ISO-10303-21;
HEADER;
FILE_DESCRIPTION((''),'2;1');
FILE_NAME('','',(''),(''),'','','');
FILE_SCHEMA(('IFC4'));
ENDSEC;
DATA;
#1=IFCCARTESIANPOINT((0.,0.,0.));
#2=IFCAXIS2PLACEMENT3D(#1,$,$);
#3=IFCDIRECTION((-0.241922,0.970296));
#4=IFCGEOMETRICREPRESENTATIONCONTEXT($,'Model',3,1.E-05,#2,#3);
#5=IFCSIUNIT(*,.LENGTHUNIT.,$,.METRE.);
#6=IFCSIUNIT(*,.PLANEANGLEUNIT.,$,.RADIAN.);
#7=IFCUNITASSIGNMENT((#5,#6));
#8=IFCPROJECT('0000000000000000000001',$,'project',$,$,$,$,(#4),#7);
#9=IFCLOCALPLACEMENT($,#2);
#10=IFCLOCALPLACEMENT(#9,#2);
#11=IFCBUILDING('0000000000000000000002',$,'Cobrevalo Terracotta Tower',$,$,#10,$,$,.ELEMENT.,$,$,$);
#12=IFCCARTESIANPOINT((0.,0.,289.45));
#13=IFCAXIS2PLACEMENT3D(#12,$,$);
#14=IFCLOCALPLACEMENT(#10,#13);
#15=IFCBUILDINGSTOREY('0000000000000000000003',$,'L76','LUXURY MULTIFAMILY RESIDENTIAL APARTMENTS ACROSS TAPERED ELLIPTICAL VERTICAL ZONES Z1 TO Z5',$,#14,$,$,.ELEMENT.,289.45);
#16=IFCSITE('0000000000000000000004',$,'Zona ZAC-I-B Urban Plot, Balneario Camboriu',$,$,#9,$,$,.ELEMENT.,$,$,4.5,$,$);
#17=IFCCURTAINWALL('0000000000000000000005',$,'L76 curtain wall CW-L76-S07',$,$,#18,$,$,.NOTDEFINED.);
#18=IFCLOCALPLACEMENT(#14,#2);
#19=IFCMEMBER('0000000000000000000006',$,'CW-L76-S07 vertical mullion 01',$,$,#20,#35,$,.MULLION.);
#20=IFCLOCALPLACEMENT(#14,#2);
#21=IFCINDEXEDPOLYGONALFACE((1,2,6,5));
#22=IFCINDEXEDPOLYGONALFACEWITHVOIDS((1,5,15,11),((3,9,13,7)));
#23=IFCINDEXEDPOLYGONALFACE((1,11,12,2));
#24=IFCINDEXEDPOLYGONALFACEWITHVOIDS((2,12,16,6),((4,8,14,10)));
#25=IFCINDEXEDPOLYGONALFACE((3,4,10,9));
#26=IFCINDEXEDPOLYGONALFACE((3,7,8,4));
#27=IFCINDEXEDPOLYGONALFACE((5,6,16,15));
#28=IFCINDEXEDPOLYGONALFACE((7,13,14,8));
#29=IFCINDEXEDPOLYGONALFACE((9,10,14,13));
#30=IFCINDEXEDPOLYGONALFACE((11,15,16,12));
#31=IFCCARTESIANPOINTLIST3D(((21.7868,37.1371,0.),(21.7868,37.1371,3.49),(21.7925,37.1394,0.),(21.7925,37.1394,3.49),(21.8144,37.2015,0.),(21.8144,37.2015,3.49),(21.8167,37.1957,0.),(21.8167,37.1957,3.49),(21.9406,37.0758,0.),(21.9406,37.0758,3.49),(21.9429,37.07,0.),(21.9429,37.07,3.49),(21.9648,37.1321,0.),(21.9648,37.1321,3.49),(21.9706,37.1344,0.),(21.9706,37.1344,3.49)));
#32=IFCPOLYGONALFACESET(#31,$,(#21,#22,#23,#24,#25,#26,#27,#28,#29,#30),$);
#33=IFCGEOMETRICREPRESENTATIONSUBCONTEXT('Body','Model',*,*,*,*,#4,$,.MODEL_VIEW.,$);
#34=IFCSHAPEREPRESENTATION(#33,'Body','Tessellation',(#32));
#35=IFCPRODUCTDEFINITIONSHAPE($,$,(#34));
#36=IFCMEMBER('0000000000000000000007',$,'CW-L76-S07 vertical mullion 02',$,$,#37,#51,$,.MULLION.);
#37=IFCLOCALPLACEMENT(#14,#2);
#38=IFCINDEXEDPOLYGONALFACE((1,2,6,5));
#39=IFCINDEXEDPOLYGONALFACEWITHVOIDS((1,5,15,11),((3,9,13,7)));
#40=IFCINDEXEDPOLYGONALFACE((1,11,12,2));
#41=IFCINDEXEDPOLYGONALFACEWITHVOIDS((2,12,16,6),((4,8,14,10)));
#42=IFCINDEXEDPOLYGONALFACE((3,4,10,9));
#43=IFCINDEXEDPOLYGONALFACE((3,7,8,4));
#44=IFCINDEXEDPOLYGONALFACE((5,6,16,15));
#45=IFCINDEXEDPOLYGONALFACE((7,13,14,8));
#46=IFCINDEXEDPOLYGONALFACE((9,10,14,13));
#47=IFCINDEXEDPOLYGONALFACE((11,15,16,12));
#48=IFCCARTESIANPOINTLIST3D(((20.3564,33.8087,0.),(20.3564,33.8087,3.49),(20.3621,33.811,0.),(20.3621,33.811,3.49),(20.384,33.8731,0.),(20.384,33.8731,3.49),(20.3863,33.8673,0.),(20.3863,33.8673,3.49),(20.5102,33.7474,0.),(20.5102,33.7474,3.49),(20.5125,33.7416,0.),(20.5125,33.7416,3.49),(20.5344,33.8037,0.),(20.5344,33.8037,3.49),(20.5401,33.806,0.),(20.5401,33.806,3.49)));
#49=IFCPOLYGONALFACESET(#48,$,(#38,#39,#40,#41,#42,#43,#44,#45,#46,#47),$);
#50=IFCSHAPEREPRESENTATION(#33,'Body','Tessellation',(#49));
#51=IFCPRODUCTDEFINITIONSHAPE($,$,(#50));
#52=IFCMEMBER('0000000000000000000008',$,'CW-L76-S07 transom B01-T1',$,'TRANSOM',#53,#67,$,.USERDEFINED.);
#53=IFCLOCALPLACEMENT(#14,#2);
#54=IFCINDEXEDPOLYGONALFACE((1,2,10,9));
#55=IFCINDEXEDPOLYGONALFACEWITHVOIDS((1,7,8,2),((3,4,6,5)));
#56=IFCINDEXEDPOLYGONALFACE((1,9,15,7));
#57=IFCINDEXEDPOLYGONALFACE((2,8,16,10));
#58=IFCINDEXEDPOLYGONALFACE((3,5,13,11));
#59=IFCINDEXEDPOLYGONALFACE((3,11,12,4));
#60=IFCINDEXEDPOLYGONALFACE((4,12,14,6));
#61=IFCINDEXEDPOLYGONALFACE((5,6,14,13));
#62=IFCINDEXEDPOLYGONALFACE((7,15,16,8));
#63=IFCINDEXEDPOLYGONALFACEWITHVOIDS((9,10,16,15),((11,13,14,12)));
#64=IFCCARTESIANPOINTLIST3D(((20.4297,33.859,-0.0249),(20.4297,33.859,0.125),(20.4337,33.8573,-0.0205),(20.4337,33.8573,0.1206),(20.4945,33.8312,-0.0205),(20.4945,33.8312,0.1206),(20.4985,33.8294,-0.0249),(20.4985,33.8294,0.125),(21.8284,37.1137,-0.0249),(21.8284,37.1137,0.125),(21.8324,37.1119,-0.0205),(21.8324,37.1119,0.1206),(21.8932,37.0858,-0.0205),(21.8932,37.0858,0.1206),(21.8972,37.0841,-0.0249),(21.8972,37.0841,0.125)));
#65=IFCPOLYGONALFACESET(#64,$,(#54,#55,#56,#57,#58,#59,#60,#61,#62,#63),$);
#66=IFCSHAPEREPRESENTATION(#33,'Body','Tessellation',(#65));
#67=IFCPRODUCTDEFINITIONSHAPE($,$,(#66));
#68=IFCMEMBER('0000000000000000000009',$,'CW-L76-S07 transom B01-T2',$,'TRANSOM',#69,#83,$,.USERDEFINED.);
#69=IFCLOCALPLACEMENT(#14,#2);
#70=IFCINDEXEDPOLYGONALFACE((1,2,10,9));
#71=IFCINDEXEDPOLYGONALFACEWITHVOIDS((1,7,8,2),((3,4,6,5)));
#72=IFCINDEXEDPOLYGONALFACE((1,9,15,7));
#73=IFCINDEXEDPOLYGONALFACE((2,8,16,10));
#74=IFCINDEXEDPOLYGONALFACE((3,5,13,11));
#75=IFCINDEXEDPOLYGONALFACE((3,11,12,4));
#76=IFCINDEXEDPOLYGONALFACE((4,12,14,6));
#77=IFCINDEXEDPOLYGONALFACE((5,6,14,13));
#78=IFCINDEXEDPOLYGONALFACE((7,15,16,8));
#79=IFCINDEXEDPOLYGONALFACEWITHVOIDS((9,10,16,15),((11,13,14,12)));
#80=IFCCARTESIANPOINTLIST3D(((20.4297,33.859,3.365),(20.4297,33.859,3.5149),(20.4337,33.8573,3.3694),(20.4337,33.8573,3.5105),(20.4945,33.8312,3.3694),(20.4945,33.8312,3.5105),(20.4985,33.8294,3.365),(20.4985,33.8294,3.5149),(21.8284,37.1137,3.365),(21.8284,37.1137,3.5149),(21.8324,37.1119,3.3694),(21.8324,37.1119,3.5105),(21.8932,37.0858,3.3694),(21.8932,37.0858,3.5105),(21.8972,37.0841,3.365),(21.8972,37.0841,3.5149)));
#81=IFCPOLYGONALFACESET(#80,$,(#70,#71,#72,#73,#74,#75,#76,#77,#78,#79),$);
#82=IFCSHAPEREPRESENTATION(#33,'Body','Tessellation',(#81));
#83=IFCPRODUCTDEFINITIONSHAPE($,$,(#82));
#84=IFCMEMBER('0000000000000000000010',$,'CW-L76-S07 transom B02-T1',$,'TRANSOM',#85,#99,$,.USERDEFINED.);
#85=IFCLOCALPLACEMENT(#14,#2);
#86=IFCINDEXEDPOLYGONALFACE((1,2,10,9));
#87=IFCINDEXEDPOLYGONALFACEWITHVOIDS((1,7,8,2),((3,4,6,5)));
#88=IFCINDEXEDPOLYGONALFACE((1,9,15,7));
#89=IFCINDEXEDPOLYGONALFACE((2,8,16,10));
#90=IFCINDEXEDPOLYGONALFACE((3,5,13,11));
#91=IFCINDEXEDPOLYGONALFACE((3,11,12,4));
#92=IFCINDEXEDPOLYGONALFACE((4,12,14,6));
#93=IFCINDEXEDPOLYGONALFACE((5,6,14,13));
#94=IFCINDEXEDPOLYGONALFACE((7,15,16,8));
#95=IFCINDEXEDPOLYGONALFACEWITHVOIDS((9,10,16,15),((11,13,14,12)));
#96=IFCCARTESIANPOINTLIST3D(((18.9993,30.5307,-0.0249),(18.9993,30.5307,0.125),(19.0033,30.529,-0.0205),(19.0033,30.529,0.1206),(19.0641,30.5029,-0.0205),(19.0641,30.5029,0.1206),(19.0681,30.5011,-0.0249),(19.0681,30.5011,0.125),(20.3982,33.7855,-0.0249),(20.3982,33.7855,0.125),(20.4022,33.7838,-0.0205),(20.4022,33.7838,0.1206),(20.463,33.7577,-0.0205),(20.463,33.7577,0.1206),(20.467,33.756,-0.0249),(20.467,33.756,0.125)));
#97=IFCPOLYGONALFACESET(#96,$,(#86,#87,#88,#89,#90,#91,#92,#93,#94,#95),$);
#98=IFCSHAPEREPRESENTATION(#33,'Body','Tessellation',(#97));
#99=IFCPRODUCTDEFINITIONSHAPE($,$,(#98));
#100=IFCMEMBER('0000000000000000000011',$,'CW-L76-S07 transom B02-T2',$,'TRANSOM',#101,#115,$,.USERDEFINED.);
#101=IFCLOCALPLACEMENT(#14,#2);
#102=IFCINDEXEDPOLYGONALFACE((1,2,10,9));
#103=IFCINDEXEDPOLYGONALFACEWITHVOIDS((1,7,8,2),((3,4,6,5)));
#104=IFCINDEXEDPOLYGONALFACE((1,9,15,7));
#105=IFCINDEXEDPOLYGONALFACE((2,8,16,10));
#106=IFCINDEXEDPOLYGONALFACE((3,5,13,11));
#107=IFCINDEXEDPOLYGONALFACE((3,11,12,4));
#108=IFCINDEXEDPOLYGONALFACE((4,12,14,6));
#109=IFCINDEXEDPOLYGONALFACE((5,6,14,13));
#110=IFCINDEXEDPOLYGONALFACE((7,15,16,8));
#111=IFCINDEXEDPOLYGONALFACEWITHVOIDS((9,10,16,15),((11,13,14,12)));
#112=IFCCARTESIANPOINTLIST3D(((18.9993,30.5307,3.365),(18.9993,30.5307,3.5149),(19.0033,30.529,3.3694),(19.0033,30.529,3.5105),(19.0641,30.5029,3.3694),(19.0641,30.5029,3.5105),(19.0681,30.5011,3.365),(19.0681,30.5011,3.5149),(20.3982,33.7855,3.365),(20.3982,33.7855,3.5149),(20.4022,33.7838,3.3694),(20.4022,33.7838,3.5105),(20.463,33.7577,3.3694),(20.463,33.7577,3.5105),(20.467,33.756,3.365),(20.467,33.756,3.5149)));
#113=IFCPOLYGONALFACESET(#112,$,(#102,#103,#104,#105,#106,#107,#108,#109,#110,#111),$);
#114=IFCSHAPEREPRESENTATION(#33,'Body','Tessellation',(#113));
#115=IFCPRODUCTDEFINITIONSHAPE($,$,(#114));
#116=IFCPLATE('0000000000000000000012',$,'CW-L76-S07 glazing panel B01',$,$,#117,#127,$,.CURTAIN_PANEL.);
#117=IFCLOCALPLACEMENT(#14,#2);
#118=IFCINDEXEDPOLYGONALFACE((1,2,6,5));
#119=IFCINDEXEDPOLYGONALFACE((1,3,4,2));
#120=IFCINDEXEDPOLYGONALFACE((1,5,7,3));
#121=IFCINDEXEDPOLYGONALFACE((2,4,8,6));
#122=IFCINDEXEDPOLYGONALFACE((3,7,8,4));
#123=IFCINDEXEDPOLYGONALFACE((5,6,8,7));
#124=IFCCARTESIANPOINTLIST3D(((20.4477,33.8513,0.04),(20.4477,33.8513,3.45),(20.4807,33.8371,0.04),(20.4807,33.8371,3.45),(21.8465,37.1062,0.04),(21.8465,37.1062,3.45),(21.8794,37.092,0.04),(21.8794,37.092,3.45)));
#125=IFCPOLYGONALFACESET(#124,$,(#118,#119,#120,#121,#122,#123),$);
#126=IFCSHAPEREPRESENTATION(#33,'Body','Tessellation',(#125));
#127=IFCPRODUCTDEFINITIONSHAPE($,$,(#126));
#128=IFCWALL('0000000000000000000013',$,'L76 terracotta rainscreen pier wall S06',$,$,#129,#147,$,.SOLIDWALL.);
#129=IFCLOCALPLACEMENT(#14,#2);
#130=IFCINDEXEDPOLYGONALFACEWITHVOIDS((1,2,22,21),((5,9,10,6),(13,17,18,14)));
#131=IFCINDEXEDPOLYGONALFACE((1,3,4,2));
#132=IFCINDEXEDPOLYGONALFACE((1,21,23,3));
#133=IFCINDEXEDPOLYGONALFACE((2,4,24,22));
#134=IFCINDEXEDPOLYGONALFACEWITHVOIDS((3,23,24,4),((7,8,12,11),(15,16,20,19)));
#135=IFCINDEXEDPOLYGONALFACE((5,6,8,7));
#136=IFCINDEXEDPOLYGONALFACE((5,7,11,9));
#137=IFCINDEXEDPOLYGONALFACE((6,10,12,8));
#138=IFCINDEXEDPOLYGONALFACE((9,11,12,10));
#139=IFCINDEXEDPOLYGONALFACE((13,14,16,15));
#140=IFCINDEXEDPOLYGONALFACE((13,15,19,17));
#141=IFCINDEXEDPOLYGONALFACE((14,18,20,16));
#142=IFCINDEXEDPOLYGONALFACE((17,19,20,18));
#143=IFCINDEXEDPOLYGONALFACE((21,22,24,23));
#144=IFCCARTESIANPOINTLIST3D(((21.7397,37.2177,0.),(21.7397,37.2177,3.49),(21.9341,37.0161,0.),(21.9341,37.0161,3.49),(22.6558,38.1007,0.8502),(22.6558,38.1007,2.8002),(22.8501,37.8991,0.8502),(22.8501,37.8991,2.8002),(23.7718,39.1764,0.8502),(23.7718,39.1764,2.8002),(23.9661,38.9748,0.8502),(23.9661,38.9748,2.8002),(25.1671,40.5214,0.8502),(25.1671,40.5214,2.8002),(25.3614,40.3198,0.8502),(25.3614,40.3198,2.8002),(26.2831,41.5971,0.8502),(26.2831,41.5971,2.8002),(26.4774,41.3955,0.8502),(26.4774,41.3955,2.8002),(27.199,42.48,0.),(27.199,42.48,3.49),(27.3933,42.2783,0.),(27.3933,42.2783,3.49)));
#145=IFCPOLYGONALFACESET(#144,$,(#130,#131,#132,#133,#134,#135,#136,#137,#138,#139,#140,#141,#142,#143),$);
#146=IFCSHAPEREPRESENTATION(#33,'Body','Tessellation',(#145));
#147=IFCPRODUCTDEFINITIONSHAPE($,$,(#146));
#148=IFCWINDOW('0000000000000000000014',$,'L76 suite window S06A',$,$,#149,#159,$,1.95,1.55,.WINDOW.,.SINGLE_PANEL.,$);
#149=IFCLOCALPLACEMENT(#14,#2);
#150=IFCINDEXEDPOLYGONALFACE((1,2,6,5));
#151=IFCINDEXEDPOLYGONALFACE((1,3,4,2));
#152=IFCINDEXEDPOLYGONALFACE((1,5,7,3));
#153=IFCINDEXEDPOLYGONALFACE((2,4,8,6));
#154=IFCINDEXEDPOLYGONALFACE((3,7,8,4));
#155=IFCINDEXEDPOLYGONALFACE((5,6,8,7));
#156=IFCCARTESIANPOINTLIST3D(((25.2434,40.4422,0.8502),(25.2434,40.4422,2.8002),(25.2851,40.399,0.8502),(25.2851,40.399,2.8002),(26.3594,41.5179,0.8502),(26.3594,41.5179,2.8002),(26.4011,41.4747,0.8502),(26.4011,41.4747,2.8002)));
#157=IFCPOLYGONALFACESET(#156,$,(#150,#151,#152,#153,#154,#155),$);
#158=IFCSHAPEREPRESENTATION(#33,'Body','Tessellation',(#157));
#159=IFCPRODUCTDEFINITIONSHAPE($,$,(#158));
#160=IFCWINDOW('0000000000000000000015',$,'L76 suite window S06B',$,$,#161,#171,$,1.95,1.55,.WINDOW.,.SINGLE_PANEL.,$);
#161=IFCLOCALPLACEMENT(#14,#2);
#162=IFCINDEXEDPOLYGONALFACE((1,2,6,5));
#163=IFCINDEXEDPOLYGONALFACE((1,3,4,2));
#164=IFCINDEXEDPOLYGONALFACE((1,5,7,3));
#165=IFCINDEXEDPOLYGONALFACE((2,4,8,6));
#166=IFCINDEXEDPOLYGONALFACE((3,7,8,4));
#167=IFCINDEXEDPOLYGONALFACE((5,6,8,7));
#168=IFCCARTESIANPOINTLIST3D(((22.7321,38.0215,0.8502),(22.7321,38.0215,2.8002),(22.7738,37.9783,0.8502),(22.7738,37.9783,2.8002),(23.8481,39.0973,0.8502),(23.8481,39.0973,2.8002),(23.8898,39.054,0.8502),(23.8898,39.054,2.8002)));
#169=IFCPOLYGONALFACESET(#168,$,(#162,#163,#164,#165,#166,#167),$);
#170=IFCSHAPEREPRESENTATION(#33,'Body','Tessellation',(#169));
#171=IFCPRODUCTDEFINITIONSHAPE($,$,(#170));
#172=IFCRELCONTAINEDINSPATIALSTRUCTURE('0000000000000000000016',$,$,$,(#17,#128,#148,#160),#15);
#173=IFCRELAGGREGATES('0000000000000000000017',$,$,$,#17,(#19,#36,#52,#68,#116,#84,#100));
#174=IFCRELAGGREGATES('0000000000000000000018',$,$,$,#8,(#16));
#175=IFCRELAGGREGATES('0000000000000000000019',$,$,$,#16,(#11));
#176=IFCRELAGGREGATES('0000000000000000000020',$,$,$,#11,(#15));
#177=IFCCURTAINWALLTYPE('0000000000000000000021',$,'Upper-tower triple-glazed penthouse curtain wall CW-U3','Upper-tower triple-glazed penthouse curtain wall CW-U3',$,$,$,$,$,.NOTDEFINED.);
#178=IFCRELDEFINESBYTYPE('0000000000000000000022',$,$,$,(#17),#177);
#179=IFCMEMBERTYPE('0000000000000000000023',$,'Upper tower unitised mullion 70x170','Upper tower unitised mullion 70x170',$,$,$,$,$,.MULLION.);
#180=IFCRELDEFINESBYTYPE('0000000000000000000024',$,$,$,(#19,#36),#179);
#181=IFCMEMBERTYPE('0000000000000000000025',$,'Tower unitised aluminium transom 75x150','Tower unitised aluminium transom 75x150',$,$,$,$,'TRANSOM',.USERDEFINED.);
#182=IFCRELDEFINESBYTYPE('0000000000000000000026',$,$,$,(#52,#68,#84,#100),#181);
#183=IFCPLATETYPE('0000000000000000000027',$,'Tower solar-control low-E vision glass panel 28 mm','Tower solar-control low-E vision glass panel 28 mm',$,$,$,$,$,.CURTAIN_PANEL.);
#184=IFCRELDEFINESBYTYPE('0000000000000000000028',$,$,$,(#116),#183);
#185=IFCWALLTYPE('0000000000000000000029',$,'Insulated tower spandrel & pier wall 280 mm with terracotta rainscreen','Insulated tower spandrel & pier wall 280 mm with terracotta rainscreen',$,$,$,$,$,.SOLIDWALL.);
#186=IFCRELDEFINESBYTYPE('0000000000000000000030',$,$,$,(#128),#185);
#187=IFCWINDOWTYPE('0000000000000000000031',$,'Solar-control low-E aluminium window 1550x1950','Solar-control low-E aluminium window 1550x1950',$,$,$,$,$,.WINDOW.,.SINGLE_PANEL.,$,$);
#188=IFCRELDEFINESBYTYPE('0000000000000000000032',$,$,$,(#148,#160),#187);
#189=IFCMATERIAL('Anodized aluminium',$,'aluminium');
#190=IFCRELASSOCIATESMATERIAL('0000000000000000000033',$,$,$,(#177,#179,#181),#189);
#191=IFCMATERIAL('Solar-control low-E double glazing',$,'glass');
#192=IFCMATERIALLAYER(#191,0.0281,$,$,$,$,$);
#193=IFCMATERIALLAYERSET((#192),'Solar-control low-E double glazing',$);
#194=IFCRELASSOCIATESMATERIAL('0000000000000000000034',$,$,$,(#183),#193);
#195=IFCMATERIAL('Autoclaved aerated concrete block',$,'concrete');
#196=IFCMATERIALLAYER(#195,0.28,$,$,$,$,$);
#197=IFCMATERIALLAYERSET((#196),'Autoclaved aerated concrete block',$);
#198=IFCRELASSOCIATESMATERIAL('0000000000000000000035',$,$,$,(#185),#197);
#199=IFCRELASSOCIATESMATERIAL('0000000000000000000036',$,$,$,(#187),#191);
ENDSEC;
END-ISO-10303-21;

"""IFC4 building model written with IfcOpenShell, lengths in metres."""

from ifc_helpers import new_model, si_unit, direction, frame, frame_2d, origin, origin_2d, place, context, subcontext, project, spatial, rectangle, hollow_rectangle, extrude, source, transform, mapped, material, layer, layer_set, material_profile, profile_set, type_object, element, fill, aggregate, save


model = new_model("IFC4")

# Units and contexts
model_context = context("Model", 3, precision=1e-05, world=origin(), true_north=direction((-0.241922, 0.970296)))
body_context = subcontext(model_context, "Body", "Model", "MODEL_VIEW")
ifc_project = project(units=[si_unit("LENGTHUNIT", "METRE"), si_unit("PLANEANGLEUNIT", "RADIAN")], contexts=[model_context])

# Site, building, storey
site_placement = place(None, origin())
site = spatial("IfcSite", under=ifc_project, at=site_placement, Name="Zona ZAC-I-B Urban Plot, Balneario Camboriu", CompositionType="ELEMENT", RefElevation=4.5)
building_placement = place(site_placement, origin())
building = spatial("IfcBuilding", under=site, at=building_placement, Name="Cobrevalo Terracotta Tower", CompositionType="ELEMENT")
storey_placement = place(building_placement, frame((0.0, 0.0, 289.45)))
storey = spatial("IfcBuildingStorey", under=building, at=storey_placement, Name="L76", Description="LUXURY MULTIFAMILY RESIDENTIAL APARTMENTS ACROSS TAPERED ELLIPTICAL VERTICAL ZONES Z1 TO Z5", CompositionType="ELEMENT", Elevation=289.45)

# Shared definitions
ifc_material_1 = material(Name="Anodized aluminium", Category="aluminium")
curtain_wall_type = type_object("IfcCurtainWallType", Name="Upper-tower triple-glazed penthouse curtain wall CW-U3", Description="Upper-tower triple-glazed penthouse curtain wall CW-U3", PredefinedType="NOTDEFINED", material=ifc_material_1)
ifc_material_profile_1 = material_profile(ifc_material_1, hollow_rectangle(XDim=0.0701, YDim=0.1699, WallThickness=0.0044, at=origin_2d()), Name="CWM 70x170")
ifc_profile_set_1 = profile_set([ifc_material_profile_1], Name="Anodized aluminium")
member_type_1 = type_object("IfcMemberType", Name="Upper tower unitised mullion 70x170", Description="Upper tower unitised mullion 70x170", PredefinedType="MULLION", material=ifc_profile_set_1)
shared_shape_1 = source(origin(), body_context, "Body", "SweptSolid", [
    extrude(hollow_rectangle(XDim=0.0701, YDim=0.1699, WallThickness=0.0044, at=origin_2d()), origin(), (0.0, 0.0, 1.0), 3.49),
])

# Curtain wall, members, plate
curtain_wall_1_placement = place(storey_placement, origin())
curtain_wall_1 = element("IfcCurtainWall", 1, at=curtain_wall_1_placement, inside=storey, type_object=curtain_wall_type, Name="L76 curtain wall CW-L76-S07", PredefinedType="NOTDEFINED")
member_1_placement = place(storey_placement, frame((21.8787, 37.1357, 0.0), z_axis=(0.0, 0.0, 1.0), x_axis=(-0.394824, -0.918757, 0.0)))
member_1 = element("IfcMember", 2, at=member_1_placement, type_object=member_type_1, Name="CW-L76-S07 vertical mullion 01", PredefinedType="MULLION", context=body_context, shape_type="MappedRepresentation", body=[
    mapped(shared_shape_1, transform((0.0, 0.0, 0.0), scale=1.0)),
])
member_2_placement = place(storey_placement, frame((20.4482, 33.8074, 0.0), z_axis=(0.0, 0.0, 1.0), x_axis=(-0.394824, -0.918757, 0.0)))
member_2 = element("IfcMember", 3, at=member_2_placement, type_object=member_type_1, Name="CW-L76-S07 vertical mullion 02", PredefinedType="MULLION", context=body_context, shape_type="MappedRepresentation", body=[
    mapped(shared_shape_1, transform((0.0, 0.0, 0.0), scale=1.0)),
])
ifc_material_profile_2 = material_profile(ifc_material_1, hollow_rectangle(XDim=0.075, YDim=0.1499, WallThickness=0.0044, at=origin_2d()), Name="CWT 75x150")
ifc_profile_set_2 = profile_set([ifc_material_profile_2], Name="Anodized aluminium")
member_type_2 = type_object("IfcMemberType", Name="Tower unitised aluminium transom 75x150", Description="Tower unitised aluminium transom 75x150", ElementType="TRANSOM", PredefinedType="USERDEFINED", material=ifc_profile_set_2)
shared_shape_2 = source(origin(), body_context, "Body", "SweptSolid", [
    extrude(hollow_rectangle(XDim=0.075, YDim=0.1499, WallThickness=0.0044, at=origin_2d()), origin(), (0.0, 0.0, 1.0), 3.5425),
])
member_3_placement = place(storey_placement, frame((21.8628, 37.0989, 0.05), z_axis=(-0.394834, -0.918752, 0.0), x_axis=(0.918752, -0.394834, 0.0)))
member_3 = element("IfcMember", 4, at=member_3_placement, type_object=member_type_2, Name="CW-L76-S07 transom B01-T1", ObjectType="TRANSOM", PredefinedType="USERDEFINED", context=body_context, shape_type="MappedRepresentation", body=[
    mapped(shared_shape_2, transform((0.0, 0.0, 0.0), scale=1.0)),
])
member_4_placement = place(storey_placement, frame((21.8628, 37.0989, 3.4399), z_axis=(-0.394834, -0.918752, 0.0), x_axis=(0.918752, -0.394834, 0.0)))
member_4 = element("IfcMember", 5, at=member_4_placement, type_object=member_type_2, Name="CW-L76-S07 transom B01-T2", ObjectType="TRANSOM", PredefinedType="USERDEFINED", context=body_context, shape_type="MappedRepresentation", body=[
    mapped(shared_shape_2, transform((0.0, 0.0, 0.0), scale=1.0)),
])
shared_shape_3 = source(origin(), body_context, "Body", "SweptSolid", [
    extrude(hollow_rectangle(XDim=0.075, YDim=0.1499, WallThickness=0.0044, at=origin_2d()), origin(), (0.0, 0.0, 1.0), 3.5427),
])
member_5_placement = place(storey_placement, frame((20.4326, 33.7708, 0.05), z_axis=(-0.394867, -0.918738, 0.0), x_axis=(0.918738, -0.394867, 0.0)))
member_5 = element("IfcMember", 6, at=member_5_placement, type_object=member_type_2, Name="CW-L76-S07 transom B02-T1", ObjectType="TRANSOM", PredefinedType="USERDEFINED", context=body_context, shape_type="MappedRepresentation", body=[
    mapped(shared_shape_3, transform((0.0, 0.0, 0.0), scale=1.0)),
])
member_6_placement = place(storey_placement, frame((20.4326, 33.7708, 3.4399), z_axis=(-0.394867, -0.918738, 0.0), x_axis=(0.918738, -0.394867, 0.0)))
member_6 = element("IfcMember", 7, at=member_6_placement, type_object=member_type_2, Name="CW-L76-S07 transom B02-T2", ObjectType="TRANSOM", PredefinedType="USERDEFINED", context=body_context, shape_type="MappedRepresentation", body=[
    mapped(shared_shape_3, transform((0.0, 0.0, 0.0), scale=1.0)),
])
ifc_material_2 = material(Name="Solar-control low-E double glazing", Category="glass")
ifc_layer_1 = layer(ifc_material_2, 0.0281)
ifc_layer_set_1 = layer_set([ifc_layer_1], Name="Solar-control low-E double glazing")
plate_type = type_object("IfcPlateType", Name="Tower solar-control low-E vision glass panel 28 mm", Description="Tower solar-control low-E vision glass panel 28 mm", PredefinedType="CURTAIN_PANEL", material=ifc_layer_set_1)
shared_shape_4 = source(origin(), body_context, "Body", "SweptSolid", [
    extrude(rectangle(XDim=3.5427, YDim=0.0359, at=origin_2d()), origin(), (0.0, 0.0, 1.0), 3.4099),
])
plate_placement = place(storey_placement, frame((21.1636, 35.4717, 0.04), z_axis=(0.0, 0.0, 1.0), x_axis=(-0.394829, -0.918755, 0.0)))
plate = element("IfcPlate", 8, at=plate_placement, type_object=plate_type, Name="CW-L76-S07 glazing panel B01", PredefinedType="CURTAIN_PANEL", context=body_context, shape_type="MappedRepresentation", body=[
    mapped(shared_shape_4, transform((0.0, 0.0, 0.0), scale=1.0)),
])
aggregate(curtain_wall_1, [member_1, member_2, member_3, member_4, plate, member_5, member_6])

# Wall, openings, windows
ifc_material_3 = material(Name="Autoclaved aerated concrete block", Category="concrete")
ifc_layer_2 = layer(ifc_material_3, 0.28)
ifc_layer_set_2 = layer_set([ifc_layer_2], Name="Autoclaved aerated concrete block")
wall_type_1 = type_object("IfcWallType", Name="Insulated tower spandrel & pier wall 280 mm with terracotta rainscreen", Description="Insulated tower spandrel & pier wall 280 mm with terracotta rainscreen", PredefinedType="SOLIDWALL", material=ifc_layer_set_2)
wall_1_placement = place(storey_placement, frame((27.2961, 42.3792, 0.0), z_axis=(0.0, 0.0, 1.0), x_axis=(-0.719979, -0.693996, 0.0)))
wall_1 = element("IfcWall", 9, at=wall_1_placement, inside=storey, type_object=wall_type_1, Name="L76 terracotta rainscreen pier wall S06", PredefinedType="SOLIDWALL", context=body_context, shape_type="SweptSolid", body=[
    extrude(rectangle(XDim=7.5825, YDim=0.28, at=frame_2d((3.7913, 0.0))), origin(), (0.0, 0.0, 1.0), 3.49),
])
opening_1_placement = place(wall_1_placement, frame((1.2722, 0.0, 0.8501)))
opening_1 = element("IfcOpeningElement", 10, at=opening_1_placement, cuts=wall_1, PredefinedType="OPENING", context=body_context, shape_type="SweptSolid", body=[
    extrude(rectangle(XDim=1.55, YDim=1.95, at=frame_2d((0.7749, 0.9751))), frame((0.0, 0.1499, 0.0), z_axis=(0.0, -1.0, 0.0), x_axis=(1.0, 0.0, 0.0)), (0.0, 0.0, 1.0), 0.3),
])
opening_2_placement = place(wall_1_placement, frame((4.7603, 0.0, 0.8501)))
opening_2 = element("IfcOpeningElement", 11, at=opening_2_placement, cuts=wall_1, PredefinedType="OPENING", context=body_context, shape_type="SweptSolid", body=[
    extrude(rectangle(XDim=1.55, YDim=1.95, at=frame_2d((0.7749, 0.9751))), frame((0.0, 0.1499, 0.0), z_axis=(0.0, -1.0, 0.0), x_axis=(1.0, 0.0, 0.0)), (0.0, 0.0, 1.0), 0.3),
])
window_type = type_object("IfcWindowType", Name="Solar-control low-E aluminium window 1550x1950", Description="Solar-control low-E aluminium window 1550x1950", PartitioningType="SINGLE_PANEL", PredefinedType="WINDOW", material=ifc_material_2)
shared_shape_5 = source(origin(), body_context, "Body", "SweptSolid", [
    extrude(rectangle(XDim=1.55, YDim=1.95, at=frame_2d((0.7749, 0.9751))), frame((0.0, 0.03, 0.0), z_axis=(0.0, -1.0, 0.0), x_axis=(1.0, 0.0, 0.0)), (0.0, 0.0, 1.0), 0.0601),
])
window_1_placement = place(opening_1_placement, origin())
window_1 = element("IfcWindow", 12, at=window_1_placement, inside=storey, type_object=window_type, Name="L76 suite window S06A", OverallHeight=1.95, OverallWidth=1.55, PartitioningType="SINGLE_PANEL", PredefinedType="WINDOW", context=body_context, shape_type="MappedRepresentation", body=[
    mapped(shared_shape_5, transform((0.0, 0.0, 0.0), scale=1.0)),
])
fill(opening_1, window_1)
window_2_placement = place(opening_2_placement, origin())
window_2 = element("IfcWindow", 13, at=window_2_placement, inside=storey, type_object=window_type, Name="L76 suite window S06B", OverallHeight=1.95, OverallWidth=1.55, PartitioningType="SINGLE_PANEL", PredefinedType="WINDOW", context=body_context, shape_type="MappedRepresentation", body=[
    mapped(shared_shape_5, transform((0.0, 0.0, 0.0), scale=1.0)),
])
fill(opening_2, window_2)

save(model, "model.ifc")
